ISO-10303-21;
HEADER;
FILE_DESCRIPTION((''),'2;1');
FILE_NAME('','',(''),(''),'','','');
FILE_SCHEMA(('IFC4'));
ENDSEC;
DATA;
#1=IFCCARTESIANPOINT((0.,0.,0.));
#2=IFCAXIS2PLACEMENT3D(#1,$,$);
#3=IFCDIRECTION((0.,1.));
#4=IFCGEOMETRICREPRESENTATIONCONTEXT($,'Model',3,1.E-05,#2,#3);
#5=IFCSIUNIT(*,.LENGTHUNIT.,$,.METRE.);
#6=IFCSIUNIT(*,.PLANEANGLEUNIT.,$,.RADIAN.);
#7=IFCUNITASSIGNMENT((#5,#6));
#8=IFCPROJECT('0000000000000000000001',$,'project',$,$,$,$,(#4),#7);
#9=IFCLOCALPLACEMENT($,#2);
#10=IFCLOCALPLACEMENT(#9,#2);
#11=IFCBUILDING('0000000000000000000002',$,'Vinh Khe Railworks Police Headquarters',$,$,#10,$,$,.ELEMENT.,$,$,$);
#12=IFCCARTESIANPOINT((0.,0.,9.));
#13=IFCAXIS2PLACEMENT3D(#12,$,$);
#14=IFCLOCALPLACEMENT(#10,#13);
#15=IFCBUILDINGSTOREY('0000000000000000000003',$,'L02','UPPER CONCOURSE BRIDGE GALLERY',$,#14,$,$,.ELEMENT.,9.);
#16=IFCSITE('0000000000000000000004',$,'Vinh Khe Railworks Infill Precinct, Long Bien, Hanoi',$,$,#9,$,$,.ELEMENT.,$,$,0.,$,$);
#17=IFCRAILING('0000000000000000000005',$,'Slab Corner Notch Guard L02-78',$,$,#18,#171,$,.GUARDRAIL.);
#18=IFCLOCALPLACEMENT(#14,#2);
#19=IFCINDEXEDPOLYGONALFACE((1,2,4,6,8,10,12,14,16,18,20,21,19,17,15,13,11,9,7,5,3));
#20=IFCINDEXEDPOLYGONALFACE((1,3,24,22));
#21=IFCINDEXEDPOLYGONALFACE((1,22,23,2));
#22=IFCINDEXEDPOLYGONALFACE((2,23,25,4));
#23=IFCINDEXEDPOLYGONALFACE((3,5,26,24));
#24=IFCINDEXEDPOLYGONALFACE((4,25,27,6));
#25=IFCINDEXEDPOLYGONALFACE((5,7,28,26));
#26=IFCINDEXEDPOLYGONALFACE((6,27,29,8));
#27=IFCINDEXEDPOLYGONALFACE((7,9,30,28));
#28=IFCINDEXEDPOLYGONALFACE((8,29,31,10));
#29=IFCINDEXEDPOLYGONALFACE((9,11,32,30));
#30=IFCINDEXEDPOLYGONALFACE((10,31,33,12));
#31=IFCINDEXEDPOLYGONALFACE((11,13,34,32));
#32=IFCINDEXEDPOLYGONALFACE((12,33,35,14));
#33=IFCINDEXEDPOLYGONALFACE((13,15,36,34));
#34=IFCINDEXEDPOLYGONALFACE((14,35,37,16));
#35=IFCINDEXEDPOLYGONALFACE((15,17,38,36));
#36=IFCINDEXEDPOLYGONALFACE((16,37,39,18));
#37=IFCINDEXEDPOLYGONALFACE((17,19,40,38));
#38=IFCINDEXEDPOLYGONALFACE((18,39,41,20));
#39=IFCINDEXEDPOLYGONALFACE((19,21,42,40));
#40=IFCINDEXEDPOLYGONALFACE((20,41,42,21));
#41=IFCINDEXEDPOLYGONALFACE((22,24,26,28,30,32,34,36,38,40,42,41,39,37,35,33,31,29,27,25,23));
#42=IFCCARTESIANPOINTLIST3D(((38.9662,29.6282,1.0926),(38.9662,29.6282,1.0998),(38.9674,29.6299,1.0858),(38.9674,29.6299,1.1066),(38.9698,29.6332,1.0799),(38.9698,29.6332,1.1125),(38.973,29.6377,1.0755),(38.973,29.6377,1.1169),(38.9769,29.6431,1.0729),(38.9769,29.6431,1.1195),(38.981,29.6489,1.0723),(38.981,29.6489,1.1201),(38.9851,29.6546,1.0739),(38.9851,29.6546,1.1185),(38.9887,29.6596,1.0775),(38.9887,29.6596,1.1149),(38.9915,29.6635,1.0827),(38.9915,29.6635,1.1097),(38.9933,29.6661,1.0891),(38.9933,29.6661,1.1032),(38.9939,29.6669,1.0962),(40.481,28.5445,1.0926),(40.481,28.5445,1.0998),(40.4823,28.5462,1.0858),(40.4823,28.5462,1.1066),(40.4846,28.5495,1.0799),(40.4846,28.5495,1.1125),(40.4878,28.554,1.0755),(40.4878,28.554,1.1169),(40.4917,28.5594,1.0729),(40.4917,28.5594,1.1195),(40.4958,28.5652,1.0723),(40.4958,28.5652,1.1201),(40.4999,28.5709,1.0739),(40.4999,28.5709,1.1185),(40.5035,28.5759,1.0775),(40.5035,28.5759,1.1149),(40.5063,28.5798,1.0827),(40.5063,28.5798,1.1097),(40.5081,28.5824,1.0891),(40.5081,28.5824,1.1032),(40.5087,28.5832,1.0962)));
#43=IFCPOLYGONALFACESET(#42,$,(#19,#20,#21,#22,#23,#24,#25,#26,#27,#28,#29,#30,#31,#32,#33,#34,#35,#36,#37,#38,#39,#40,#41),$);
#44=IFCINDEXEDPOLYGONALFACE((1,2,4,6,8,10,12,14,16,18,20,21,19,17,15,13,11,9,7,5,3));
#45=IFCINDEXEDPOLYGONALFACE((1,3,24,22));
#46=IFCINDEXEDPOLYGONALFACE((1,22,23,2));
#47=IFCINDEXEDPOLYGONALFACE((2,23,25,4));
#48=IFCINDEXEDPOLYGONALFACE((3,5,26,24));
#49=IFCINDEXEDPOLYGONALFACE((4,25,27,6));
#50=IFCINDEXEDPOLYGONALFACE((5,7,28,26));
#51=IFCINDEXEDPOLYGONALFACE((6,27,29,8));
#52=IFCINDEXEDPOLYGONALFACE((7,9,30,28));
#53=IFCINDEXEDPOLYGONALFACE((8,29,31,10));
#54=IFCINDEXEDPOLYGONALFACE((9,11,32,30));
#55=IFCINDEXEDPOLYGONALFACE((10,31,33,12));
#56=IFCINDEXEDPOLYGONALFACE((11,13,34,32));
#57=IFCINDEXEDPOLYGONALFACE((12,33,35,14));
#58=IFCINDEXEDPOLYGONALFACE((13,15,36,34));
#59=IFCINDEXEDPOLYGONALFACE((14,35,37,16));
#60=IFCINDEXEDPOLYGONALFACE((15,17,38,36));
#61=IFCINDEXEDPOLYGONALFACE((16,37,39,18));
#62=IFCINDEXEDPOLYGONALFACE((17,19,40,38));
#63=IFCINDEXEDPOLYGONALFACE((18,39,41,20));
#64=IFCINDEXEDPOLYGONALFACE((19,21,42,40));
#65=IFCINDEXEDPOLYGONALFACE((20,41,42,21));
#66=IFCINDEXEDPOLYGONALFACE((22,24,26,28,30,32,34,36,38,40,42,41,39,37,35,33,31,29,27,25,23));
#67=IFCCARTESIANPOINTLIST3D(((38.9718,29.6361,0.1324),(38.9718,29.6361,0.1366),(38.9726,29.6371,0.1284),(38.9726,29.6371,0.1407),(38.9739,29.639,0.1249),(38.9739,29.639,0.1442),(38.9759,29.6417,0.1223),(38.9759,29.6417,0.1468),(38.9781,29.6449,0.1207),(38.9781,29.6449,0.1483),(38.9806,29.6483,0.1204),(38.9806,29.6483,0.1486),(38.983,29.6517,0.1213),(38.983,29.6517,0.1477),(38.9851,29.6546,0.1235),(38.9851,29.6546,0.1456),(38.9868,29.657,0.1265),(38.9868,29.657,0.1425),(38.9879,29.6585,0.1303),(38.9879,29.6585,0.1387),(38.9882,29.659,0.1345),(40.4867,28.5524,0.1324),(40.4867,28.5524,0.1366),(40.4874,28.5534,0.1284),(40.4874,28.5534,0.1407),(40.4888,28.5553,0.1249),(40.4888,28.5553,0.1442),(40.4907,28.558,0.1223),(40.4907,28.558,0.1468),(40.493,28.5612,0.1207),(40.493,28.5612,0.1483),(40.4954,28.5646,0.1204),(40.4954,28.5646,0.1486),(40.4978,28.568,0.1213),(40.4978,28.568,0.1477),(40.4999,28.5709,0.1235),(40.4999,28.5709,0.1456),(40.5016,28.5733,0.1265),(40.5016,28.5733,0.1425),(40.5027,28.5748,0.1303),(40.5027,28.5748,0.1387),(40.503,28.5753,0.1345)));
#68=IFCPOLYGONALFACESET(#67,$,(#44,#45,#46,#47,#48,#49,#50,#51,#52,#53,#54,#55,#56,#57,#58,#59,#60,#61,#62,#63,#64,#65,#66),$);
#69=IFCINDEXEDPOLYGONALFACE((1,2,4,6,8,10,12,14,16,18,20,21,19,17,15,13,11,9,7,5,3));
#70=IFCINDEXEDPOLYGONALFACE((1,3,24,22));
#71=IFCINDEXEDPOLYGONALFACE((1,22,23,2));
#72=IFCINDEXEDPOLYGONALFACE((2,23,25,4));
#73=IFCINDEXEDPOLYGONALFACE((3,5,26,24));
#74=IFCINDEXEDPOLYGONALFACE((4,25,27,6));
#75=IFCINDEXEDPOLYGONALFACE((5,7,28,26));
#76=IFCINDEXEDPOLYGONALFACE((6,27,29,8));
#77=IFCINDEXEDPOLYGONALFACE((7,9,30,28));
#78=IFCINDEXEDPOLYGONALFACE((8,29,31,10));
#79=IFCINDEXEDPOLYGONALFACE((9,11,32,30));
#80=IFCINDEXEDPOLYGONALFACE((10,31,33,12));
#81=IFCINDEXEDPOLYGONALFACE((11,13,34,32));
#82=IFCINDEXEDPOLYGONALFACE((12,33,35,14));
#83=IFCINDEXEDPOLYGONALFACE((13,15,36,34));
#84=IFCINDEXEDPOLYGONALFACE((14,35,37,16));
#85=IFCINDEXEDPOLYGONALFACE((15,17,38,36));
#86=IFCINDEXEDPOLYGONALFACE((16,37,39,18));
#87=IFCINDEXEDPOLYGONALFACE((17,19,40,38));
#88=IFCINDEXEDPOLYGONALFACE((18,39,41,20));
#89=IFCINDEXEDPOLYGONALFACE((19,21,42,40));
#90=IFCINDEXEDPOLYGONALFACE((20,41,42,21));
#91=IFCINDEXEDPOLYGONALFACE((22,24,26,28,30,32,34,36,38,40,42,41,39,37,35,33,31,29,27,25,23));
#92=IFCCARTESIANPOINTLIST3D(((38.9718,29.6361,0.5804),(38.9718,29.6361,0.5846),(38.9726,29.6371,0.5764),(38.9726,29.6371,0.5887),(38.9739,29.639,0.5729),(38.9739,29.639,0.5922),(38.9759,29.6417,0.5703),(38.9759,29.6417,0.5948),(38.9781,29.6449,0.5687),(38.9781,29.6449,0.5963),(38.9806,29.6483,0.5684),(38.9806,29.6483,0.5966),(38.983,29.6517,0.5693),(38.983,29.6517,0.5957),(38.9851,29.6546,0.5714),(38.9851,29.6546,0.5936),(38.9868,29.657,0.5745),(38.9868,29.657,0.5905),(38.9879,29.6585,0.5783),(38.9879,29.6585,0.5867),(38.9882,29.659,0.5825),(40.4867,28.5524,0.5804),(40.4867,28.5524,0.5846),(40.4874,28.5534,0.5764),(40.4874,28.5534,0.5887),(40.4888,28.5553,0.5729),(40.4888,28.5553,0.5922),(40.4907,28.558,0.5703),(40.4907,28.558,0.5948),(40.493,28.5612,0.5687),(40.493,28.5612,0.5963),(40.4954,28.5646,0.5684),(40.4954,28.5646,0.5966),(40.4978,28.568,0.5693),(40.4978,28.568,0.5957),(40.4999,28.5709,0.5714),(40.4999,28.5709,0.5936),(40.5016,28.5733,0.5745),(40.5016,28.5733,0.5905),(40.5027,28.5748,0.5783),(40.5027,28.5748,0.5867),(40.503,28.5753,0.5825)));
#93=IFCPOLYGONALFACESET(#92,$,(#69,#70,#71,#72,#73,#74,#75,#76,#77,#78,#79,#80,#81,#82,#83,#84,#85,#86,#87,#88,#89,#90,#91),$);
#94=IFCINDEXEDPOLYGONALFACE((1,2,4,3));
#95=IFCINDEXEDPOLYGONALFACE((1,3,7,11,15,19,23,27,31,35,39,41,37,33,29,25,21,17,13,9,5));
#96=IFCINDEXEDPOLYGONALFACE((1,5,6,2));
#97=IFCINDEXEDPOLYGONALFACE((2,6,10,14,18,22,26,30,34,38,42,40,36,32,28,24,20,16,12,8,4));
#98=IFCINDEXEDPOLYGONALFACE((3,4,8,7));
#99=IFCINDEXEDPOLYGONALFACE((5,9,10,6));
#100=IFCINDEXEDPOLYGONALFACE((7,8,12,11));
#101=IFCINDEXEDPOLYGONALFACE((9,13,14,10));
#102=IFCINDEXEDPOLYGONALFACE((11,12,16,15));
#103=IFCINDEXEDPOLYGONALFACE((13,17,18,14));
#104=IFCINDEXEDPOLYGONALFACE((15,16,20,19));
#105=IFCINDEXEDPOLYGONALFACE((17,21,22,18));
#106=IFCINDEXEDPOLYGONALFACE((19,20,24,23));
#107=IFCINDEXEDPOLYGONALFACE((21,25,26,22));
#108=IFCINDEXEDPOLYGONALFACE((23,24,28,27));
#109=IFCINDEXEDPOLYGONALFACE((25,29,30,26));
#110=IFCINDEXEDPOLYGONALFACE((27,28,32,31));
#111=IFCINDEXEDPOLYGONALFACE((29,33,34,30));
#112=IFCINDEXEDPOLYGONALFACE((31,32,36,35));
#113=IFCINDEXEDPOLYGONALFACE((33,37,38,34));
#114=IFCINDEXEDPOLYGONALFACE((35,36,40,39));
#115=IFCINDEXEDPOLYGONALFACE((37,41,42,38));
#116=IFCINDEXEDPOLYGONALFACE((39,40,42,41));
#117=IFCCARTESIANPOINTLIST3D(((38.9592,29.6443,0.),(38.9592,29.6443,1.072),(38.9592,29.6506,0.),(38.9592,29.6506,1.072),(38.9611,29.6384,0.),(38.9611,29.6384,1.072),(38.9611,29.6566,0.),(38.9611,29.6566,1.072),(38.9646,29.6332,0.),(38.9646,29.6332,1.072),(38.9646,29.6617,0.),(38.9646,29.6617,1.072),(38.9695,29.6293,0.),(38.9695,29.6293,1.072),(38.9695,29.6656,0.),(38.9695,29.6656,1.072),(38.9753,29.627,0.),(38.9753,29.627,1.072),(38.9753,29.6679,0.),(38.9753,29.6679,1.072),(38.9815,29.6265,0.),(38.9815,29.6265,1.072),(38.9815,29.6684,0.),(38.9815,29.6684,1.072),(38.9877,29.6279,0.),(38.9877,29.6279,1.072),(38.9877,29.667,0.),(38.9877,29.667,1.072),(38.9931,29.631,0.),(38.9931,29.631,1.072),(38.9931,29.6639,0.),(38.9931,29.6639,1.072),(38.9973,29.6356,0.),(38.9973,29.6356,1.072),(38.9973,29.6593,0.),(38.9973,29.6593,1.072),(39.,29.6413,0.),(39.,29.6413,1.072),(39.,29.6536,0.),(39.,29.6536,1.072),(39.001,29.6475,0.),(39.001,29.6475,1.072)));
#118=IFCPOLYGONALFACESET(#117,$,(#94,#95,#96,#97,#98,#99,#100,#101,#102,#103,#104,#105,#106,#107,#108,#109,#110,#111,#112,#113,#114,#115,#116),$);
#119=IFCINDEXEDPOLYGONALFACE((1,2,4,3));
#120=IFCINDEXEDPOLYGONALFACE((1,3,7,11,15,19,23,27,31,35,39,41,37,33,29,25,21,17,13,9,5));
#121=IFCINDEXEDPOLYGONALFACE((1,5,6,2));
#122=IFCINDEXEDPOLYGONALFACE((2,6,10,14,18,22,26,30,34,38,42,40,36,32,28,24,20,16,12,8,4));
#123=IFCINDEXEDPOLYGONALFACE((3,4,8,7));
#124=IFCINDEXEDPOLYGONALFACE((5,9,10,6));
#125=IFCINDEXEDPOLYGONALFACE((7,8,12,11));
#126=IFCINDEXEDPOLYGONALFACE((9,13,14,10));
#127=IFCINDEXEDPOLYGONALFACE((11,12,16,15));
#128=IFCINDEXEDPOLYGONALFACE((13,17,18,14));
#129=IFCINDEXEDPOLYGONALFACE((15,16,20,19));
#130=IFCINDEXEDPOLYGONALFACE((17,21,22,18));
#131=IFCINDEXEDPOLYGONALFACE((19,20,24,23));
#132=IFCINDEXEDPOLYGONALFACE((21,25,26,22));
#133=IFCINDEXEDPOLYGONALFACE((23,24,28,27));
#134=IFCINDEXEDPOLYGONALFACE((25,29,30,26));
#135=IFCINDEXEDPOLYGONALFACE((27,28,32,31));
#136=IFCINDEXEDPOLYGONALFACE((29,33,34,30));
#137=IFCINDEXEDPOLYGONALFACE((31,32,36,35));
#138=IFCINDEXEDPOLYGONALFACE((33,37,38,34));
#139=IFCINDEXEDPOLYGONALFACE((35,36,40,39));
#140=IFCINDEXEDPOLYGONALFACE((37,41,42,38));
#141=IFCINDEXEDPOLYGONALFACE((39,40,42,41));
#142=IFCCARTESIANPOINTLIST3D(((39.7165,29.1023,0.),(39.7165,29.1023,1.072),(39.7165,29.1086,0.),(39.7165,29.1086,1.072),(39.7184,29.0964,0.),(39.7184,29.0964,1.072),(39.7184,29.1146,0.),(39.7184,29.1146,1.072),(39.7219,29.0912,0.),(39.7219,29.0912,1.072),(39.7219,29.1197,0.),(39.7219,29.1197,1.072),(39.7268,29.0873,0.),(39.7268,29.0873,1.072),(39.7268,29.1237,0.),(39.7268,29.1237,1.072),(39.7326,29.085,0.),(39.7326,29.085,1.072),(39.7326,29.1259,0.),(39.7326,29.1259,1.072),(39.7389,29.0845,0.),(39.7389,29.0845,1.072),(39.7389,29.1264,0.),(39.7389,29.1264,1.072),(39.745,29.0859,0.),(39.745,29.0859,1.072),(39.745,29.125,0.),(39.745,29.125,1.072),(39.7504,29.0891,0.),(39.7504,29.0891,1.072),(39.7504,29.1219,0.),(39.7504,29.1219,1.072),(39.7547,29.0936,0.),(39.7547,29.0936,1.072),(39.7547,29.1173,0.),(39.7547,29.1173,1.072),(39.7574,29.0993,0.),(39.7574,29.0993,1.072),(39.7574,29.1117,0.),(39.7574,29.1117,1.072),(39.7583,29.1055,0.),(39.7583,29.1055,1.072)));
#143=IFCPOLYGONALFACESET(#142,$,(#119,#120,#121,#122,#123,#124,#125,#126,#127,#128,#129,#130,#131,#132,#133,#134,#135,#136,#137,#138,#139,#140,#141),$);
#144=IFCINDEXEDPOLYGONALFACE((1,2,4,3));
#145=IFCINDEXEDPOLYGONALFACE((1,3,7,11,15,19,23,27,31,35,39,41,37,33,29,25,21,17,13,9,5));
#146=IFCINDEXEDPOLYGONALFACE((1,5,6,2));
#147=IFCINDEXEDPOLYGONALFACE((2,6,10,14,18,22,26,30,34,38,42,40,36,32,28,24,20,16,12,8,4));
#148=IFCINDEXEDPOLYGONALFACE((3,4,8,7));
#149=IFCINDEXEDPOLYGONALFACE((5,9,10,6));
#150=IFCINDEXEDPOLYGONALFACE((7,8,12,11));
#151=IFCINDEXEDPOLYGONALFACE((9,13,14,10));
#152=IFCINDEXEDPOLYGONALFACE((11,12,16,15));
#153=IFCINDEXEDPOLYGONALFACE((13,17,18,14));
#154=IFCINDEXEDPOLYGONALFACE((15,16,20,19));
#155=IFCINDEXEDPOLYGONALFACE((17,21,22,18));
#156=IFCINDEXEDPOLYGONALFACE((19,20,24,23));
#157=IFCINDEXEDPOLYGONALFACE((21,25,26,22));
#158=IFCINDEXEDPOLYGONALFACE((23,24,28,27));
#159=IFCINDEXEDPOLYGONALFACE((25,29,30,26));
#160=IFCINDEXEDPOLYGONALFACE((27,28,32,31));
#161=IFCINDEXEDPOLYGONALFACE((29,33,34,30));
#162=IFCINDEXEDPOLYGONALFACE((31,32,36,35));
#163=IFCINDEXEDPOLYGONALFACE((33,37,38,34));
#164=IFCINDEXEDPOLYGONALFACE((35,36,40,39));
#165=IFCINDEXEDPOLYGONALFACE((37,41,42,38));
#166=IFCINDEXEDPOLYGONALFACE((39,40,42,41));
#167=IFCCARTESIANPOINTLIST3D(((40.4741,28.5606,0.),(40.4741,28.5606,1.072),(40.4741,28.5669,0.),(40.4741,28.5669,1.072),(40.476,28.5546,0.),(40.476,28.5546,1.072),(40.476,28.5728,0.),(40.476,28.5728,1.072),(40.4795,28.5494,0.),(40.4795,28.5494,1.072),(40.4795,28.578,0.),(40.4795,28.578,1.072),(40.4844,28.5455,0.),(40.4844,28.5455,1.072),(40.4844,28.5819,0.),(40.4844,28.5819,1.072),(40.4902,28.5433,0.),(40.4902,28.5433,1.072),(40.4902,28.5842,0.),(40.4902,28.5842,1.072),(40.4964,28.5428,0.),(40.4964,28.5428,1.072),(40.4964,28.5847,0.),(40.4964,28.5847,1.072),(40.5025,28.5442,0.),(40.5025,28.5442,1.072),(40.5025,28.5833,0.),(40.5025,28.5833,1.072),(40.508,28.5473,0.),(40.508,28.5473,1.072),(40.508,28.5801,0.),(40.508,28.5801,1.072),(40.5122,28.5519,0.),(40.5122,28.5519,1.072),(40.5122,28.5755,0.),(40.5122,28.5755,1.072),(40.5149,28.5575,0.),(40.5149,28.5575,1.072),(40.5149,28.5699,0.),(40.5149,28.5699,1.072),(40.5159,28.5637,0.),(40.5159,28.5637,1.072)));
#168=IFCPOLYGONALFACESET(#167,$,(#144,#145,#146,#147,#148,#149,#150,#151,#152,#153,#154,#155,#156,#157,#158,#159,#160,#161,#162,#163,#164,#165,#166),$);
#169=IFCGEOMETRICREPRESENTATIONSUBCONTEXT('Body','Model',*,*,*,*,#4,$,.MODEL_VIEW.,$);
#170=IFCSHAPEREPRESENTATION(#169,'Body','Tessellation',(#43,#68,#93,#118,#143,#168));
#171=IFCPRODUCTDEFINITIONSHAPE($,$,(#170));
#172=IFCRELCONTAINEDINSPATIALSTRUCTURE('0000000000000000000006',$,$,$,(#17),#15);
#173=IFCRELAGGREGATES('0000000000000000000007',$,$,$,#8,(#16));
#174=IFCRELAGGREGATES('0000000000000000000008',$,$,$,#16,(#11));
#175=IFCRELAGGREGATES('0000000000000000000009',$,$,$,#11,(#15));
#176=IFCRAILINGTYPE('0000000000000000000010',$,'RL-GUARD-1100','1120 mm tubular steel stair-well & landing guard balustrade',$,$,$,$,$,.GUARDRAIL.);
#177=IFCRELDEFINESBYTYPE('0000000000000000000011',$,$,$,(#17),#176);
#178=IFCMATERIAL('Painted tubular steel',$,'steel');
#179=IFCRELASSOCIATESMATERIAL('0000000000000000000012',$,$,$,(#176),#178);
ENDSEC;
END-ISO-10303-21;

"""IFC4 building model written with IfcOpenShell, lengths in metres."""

from ifc_helpers import new_model, si_unit, direction, frame, origin, origin_2d, place, context, subcontext, project, spatial, circle, extrude, material, type_object, element, save


model = new_model("IFC4")

# Units and contexts
model_context = context("Model", 3, precision=1e-05, world=origin(), true_north=direction((0.0, 1.0)))
body_context = subcontext(model_context, "Body", "Model", "MODEL_VIEW")
ifc_project = project(units=[si_unit("LENGTHUNIT", "METRE"), si_unit("PLANEANGLEUNIT", "RADIAN")], contexts=[model_context])

# Site, building, storey
site_placement = place(None, origin())
site = spatial("IfcSite", under=ifc_project, at=site_placement, Name="Vinh Khe Railworks Infill Precinct, Long Bien, Hanoi", CompositionType="ELEMENT", RefElevation=0.0)
building_placement = place(site_placement, origin())
building = spatial("IfcBuilding", under=site, at=building_placement, Name="Vinh Khe Railworks Police Headquarters", CompositionType="ELEMENT")
storey_placement = place(building_placement, frame((0.0, 0.0, 9.0)))
storey = spatial("IfcBuildingStorey", under=building, at=storey_placement, Name="L02", Description="UPPER CONCOURSE BRIDGE GALLERY", CompositionType="ELEMENT", Elevation=9.0)

# Railing
ifc_material_1 = material(Name="Painted tubular steel", Category="steel")
railing_type = type_object("IfcRailingType", Name="RL-GUARD-1100", Description="1120 mm tubular steel stair-well & landing guard balustrade", PredefinedType="GUARDRAIL", material=ifc_material_1)
railing_1_placement = place(storey_placement, frame((38.98, 29.6475, 0.0)))
element("IfcRailing", 1, at=railing_1_placement, inside=storey, type_object=railing_type, Name="Slab Corner Notch Guard L02-78", PredefinedType="GUARDRAIL", context=body_context, shape_type="SweptSolid", body=[
    extrude(circle(Radius=0.0239, at=origin_2d()), frame((0.0, 0.0, 1.0962), z_axis=(0.813308, -0.581833, 0.0), x_axis=(0.581833, 0.813308, 0.0)), (0.0, 0.0, 1.0), 1.8625),
    extrude(circle(Radius=0.0142, at=origin_2d()), frame((0.0, 0.0, 0.1345), z_axis=(0.813308, -0.581833, 0.0), x_axis=(0.581833, 0.813308, 0.0)), (0.0, 0.0, 1.0), 1.8625),
    extrude(circle(Radius=0.0142, at=origin_2d()), frame((0.0, 0.0, 0.5825), z_axis=(0.813308, -0.581833, 0.0), x_axis=(0.581833, 0.813308, 0.0)), (0.0, 0.0, 1.0), 1.8625),
    extrude(circle(Radius=0.021, at=origin_2d()), origin(), (0.0, 0.0, 1.0), 1.072),
    extrude(circle(Radius=0.021, at=origin_2d()), frame((0.7573, -0.542, 0.0)), (0.0, 0.0, 1.0), 1.072),
    extrude(circle(Radius=0.021, at=origin_2d()), frame((1.5149, -1.0837, 0.0)), (0.0, 0.0, 1.0), 1.072),
])

save(model, "model.ifc")
